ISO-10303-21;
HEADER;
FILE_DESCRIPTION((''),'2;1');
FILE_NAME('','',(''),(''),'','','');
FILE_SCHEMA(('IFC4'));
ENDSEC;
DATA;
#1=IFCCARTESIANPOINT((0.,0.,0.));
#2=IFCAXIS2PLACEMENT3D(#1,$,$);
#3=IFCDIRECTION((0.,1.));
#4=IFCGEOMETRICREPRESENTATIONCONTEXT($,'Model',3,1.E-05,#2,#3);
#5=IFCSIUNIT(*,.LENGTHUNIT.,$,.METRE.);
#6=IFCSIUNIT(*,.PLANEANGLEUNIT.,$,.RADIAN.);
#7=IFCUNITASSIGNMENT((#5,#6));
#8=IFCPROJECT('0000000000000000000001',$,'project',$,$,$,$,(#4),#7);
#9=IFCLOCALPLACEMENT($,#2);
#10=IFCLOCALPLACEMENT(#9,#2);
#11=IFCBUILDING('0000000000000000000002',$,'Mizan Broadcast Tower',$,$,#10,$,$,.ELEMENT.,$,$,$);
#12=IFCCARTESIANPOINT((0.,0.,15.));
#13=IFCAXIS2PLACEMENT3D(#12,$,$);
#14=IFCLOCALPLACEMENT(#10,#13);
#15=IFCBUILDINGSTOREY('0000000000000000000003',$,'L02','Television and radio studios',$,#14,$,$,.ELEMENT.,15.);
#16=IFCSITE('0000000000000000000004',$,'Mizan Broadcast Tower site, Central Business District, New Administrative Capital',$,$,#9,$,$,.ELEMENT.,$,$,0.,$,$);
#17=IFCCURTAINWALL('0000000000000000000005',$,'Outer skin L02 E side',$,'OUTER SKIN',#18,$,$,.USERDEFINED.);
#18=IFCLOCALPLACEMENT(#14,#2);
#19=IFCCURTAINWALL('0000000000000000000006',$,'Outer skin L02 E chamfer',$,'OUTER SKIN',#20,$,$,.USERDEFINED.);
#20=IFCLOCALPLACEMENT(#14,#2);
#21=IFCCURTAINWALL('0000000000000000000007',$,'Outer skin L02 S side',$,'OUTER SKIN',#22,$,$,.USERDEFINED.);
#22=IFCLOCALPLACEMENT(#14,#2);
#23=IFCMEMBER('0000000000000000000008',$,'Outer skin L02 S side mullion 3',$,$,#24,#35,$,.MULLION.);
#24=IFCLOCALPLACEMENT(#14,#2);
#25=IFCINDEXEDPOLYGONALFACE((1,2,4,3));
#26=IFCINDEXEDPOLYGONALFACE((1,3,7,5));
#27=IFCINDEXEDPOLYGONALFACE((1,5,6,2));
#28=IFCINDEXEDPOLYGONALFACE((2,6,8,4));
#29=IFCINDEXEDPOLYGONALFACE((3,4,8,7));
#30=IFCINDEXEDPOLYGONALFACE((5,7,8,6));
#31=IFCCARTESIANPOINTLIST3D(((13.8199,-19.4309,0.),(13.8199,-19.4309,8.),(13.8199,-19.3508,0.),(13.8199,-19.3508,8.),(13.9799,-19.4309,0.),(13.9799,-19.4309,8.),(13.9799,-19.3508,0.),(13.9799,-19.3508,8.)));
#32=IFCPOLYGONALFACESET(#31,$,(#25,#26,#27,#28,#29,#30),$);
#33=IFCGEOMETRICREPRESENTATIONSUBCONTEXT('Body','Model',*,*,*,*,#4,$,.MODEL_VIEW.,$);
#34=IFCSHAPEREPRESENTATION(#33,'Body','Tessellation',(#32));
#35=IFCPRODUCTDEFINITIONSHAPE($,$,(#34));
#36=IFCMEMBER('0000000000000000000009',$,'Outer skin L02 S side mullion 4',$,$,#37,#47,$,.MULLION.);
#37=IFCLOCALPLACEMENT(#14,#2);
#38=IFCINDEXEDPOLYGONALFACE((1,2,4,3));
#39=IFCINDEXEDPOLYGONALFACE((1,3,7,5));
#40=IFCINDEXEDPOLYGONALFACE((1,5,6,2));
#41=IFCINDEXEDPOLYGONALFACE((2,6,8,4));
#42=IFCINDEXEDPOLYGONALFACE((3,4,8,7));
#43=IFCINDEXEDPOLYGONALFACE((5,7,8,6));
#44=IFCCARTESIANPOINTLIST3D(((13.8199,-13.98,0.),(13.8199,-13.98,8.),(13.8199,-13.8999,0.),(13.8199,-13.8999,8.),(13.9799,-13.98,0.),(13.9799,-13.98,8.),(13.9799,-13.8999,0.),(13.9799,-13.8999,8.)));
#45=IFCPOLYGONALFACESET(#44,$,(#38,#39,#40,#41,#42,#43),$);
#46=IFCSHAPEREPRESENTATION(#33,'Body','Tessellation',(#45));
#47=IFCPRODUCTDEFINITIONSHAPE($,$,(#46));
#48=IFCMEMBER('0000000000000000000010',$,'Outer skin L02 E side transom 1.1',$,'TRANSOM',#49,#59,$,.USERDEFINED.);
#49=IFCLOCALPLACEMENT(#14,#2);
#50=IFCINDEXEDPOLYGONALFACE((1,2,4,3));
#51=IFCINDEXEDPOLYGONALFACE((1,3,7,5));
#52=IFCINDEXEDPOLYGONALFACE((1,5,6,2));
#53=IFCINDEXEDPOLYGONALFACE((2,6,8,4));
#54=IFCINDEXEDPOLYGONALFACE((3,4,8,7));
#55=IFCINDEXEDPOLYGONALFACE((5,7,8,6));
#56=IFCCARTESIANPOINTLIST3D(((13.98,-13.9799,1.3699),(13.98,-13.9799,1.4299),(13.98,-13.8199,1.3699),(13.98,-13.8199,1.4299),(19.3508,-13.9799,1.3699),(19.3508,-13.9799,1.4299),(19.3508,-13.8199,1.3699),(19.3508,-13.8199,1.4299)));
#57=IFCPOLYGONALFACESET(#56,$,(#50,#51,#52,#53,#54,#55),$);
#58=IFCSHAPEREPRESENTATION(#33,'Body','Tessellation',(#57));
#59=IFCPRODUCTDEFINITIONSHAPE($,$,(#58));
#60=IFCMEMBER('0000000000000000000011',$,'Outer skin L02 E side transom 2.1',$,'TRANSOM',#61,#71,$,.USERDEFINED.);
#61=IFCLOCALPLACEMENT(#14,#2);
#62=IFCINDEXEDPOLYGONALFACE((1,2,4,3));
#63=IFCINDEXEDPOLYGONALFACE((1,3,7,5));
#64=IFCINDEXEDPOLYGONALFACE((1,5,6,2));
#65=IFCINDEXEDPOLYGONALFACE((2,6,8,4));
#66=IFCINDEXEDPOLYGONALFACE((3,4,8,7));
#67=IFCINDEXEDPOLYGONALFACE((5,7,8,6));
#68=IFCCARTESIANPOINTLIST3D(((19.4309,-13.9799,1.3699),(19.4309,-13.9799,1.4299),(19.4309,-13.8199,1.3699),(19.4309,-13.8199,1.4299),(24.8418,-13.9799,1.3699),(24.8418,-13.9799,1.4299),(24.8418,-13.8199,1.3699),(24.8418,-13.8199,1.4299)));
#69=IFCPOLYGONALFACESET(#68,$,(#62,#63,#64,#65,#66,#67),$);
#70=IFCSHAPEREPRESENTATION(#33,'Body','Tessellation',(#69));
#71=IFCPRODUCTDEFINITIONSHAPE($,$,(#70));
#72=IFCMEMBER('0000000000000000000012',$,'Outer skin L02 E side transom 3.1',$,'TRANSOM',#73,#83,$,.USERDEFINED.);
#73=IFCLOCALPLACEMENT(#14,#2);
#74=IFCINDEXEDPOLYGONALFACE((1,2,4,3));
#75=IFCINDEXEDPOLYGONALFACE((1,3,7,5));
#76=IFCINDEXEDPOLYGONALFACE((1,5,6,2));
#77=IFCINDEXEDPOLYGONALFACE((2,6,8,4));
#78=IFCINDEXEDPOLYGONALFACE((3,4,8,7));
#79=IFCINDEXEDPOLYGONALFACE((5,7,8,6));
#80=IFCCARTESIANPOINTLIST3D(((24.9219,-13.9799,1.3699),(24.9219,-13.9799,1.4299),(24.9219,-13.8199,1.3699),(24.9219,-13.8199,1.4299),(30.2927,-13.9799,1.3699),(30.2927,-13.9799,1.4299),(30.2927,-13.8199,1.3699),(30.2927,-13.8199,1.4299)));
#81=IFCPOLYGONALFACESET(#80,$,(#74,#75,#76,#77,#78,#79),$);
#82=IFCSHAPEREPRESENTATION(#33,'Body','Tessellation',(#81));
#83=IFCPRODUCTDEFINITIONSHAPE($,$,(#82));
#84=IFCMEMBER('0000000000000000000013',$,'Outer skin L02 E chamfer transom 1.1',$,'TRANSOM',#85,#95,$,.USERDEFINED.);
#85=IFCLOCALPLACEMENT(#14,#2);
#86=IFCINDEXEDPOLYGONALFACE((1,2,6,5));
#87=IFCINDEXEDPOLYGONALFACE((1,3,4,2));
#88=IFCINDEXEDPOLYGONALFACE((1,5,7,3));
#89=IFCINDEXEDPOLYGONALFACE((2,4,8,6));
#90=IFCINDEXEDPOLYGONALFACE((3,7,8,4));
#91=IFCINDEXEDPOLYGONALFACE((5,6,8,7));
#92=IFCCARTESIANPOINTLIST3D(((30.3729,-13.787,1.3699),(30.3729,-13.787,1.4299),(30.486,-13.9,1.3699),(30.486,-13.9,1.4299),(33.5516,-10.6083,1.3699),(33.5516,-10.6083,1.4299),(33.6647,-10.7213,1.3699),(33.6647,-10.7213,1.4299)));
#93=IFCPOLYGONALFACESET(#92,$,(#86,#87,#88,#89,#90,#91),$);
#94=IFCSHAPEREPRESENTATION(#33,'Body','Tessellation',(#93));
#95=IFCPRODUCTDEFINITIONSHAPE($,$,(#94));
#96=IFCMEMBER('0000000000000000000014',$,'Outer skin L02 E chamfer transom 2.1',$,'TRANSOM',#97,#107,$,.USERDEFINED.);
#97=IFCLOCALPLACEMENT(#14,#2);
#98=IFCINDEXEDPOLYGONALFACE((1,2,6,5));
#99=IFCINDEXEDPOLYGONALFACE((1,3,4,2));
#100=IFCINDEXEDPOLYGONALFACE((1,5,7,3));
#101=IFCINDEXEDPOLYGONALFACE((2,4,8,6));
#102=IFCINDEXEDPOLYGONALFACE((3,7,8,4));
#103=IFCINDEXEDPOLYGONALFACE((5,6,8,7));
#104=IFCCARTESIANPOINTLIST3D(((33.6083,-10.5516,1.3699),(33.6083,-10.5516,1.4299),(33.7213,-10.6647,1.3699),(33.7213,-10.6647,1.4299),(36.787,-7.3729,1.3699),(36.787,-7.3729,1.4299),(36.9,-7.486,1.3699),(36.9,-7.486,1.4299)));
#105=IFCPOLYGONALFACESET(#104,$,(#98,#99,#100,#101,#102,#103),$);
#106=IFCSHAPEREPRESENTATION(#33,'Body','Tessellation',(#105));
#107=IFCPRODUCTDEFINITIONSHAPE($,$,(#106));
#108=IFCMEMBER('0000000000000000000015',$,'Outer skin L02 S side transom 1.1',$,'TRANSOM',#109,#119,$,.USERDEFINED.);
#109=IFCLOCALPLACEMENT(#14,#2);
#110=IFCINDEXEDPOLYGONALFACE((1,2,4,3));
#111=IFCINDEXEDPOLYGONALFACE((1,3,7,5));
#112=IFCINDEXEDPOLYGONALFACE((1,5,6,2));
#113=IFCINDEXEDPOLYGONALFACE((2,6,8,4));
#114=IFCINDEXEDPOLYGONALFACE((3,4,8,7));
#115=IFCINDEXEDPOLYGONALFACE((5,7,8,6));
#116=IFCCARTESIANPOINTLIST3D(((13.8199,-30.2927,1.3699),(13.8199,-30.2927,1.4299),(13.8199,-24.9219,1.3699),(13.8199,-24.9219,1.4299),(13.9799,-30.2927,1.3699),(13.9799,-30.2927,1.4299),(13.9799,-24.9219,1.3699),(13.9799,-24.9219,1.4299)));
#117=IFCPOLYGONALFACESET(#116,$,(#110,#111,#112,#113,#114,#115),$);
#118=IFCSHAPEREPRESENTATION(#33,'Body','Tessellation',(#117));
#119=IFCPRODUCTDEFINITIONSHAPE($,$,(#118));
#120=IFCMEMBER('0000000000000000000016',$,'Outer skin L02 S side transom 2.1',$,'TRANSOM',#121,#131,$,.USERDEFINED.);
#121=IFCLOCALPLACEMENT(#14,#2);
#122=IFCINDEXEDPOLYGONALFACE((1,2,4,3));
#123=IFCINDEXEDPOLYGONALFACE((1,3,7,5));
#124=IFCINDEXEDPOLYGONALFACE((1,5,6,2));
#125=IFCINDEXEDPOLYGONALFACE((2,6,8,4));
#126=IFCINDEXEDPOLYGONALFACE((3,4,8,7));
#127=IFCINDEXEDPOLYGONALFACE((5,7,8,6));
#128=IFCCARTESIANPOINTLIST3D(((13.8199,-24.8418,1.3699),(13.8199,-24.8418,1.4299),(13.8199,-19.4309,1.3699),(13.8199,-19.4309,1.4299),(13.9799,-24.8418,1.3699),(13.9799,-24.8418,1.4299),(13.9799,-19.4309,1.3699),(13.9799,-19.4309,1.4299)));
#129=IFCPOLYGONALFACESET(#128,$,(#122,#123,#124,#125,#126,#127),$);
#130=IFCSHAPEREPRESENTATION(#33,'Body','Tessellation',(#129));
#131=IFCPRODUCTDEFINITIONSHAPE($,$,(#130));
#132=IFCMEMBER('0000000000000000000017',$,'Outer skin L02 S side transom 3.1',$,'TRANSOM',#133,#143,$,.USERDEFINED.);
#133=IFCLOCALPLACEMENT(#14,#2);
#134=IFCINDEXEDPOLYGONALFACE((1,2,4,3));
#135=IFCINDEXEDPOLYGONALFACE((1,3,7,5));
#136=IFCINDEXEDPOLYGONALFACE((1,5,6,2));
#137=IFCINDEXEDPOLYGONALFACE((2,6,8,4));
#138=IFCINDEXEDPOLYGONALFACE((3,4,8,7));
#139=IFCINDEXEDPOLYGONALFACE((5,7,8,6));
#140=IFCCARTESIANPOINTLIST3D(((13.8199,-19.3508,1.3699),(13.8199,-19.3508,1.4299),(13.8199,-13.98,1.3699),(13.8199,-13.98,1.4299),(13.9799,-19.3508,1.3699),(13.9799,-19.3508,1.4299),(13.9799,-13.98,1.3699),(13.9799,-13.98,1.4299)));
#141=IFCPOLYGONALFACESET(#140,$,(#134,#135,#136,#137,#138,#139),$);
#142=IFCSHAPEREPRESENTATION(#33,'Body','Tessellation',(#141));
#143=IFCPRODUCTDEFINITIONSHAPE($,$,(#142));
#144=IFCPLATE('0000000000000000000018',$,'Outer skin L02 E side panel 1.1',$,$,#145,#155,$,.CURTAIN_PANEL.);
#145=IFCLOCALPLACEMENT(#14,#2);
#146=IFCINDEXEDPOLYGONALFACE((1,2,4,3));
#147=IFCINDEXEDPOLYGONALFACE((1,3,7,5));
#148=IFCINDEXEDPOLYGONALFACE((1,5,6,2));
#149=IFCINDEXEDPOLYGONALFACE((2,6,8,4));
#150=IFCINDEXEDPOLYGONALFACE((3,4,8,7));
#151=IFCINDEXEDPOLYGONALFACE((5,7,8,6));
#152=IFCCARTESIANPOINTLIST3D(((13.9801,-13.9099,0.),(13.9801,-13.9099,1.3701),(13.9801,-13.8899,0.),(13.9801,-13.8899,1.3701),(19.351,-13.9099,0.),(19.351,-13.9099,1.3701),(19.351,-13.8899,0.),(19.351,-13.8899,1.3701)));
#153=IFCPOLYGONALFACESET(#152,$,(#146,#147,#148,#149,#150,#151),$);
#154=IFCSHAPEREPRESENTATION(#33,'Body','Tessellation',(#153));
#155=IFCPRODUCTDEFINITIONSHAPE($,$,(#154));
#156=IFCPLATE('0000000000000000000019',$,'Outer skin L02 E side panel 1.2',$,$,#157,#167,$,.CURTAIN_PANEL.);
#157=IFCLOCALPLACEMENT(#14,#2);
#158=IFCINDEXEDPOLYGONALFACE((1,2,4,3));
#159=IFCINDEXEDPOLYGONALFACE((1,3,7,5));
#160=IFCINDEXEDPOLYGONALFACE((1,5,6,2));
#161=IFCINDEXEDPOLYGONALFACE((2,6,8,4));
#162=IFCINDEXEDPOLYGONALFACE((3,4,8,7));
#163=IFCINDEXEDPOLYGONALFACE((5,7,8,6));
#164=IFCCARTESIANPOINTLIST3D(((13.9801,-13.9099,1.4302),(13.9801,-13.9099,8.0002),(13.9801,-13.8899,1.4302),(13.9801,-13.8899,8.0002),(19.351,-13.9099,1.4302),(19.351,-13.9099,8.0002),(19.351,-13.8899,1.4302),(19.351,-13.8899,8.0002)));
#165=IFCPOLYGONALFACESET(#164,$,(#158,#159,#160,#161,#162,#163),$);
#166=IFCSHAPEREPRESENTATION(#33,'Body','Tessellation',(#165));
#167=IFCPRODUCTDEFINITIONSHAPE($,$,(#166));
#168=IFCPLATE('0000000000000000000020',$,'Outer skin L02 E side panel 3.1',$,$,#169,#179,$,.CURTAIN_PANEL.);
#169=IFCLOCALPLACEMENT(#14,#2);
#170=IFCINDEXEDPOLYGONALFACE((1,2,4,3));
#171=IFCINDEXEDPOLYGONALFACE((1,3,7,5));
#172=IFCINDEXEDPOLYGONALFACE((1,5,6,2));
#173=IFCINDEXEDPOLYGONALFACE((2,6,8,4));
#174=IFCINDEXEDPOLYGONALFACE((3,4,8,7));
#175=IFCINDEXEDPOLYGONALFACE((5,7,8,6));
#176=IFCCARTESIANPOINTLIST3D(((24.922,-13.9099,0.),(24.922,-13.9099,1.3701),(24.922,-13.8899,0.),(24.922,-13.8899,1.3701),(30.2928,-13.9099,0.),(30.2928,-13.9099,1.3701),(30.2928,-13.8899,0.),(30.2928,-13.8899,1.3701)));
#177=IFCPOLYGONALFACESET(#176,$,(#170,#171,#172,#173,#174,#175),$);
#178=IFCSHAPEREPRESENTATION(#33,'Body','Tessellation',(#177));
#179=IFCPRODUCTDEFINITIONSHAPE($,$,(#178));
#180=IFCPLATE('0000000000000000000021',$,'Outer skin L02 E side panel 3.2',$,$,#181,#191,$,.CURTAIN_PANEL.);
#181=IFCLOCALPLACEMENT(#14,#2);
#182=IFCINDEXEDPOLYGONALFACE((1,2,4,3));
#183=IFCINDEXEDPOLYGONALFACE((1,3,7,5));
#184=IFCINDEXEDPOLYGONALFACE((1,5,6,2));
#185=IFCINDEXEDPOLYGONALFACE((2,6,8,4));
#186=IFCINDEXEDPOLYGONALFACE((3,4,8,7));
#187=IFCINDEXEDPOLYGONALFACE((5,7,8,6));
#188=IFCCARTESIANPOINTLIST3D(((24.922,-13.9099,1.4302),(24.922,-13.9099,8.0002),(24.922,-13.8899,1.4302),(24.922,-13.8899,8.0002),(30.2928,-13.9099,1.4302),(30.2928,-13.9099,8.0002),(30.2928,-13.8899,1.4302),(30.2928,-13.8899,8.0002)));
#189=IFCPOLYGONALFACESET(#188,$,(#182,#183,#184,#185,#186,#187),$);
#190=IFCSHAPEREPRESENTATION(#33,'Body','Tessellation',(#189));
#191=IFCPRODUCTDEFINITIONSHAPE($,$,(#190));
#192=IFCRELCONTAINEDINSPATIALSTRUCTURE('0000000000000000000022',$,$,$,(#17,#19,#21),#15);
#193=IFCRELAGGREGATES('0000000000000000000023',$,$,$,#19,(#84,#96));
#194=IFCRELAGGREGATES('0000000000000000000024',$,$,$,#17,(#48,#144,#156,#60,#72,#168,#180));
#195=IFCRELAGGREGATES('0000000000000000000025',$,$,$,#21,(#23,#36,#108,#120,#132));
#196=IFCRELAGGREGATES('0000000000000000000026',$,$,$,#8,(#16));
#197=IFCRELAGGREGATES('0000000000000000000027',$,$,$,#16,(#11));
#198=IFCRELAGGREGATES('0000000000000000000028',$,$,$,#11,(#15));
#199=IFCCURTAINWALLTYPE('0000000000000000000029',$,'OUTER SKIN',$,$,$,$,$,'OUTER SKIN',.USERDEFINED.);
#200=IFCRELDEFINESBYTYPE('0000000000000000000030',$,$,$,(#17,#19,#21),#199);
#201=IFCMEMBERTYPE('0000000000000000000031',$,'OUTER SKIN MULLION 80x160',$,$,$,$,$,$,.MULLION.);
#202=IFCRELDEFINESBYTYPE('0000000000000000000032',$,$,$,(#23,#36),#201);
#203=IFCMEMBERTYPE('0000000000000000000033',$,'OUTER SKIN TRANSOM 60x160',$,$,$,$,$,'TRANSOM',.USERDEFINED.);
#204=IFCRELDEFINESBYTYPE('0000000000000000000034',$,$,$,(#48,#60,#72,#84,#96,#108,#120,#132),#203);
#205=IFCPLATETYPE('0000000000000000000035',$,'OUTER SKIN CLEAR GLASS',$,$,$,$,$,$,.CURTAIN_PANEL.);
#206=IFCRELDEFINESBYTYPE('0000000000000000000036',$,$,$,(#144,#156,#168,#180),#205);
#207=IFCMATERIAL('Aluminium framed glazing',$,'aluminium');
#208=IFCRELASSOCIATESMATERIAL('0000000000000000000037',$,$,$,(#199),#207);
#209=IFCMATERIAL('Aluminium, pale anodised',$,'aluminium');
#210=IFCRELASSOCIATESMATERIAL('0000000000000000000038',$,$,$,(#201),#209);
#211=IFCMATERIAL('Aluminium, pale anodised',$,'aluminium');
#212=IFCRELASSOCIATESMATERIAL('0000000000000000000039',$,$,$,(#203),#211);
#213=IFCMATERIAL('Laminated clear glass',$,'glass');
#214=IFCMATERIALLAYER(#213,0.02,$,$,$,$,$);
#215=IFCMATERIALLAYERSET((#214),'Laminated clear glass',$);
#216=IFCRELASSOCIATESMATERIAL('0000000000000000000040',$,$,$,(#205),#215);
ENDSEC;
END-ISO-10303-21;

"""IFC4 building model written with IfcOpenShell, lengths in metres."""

from ifc_helpers import new_model, si_unit, direction, frame, origin, origin_2d, place, context, subcontext, project, spatial, rectangle, extrude, material, layer, layer_set, material_profile, profile_set, type_object, element, aggregate, save


model = new_model("IFC4")

# Units and contexts
model_context = context("Model", 3, precision=1e-05, world=origin(), true_north=direction((0.0, 1.0)))
body_context = subcontext(model_context, "Body", "Model", "MODEL_VIEW")
ifc_project = project(units=[si_unit("LENGTHUNIT", "METRE"), si_unit("PLANEANGLEUNIT", "RADIAN")], contexts=[model_context])

# Site, building, storey
site_placement = place(None, origin())
site = spatial("IfcSite", under=ifc_project, at=site_placement, Name="Mizan Broadcast Tower site, Central Business District, New Administrative Capital", CompositionType="ELEMENT", RefElevation=0.0)
building_placement = place(site_placement, origin())
building = spatial("IfcBuilding", under=site, at=building_placement, Name="Mizan Broadcast Tower", CompositionType="ELEMENT")
storey_placement = place(building_placement, frame((0.0, 0.0, 15.0)))
storey = spatial("IfcBuildingStorey", under=building, at=storey_placement, Name="L02", Description="Television and radio studios", CompositionType="ELEMENT", Elevation=15.0)

# Curtain wall
ifc_material_1 = material(Name="Aluminium framed glazing", Category="aluminium")
curtain_wall_type = type_object("IfcCurtainWallType", Name="OUTER SKIN", ElementType="OUTER SKIN", PredefinedType="USERDEFINED", material=ifc_material_1)
curtain_wall_1_placement = place(storey_placement, origin())
curtain_wall_1 = element("IfcCurtainWall", 1, at=curtain_wall_1_placement, inside=storey, type_object=curtain_wall_type, Name="Outer skin L02 E side", ObjectType="OUTER SKIN", PredefinedType="USERDEFINED")
ifc_material_2 = material(Name="Aluminium, pale anodised", Category="aluminium")
ifc_material_profile_1 = material_profile(ifc_material_2, rectangle(XDim=0.1599, YDim=0.0801, at=origin_2d()), Name="MULLION 160x80")
ifc_profile_set_1 = profile_set([ifc_material_profile_1], Name="Aluminium, pale anodised")
member_type_1 = type_object("IfcMemberType", Name="OUTER SKIN MULLION 80x160", PredefinedType="MULLION", material=ifc_profile_set_1)

# Curtain wall
curtain_wall_2_placement = place(storey_placement, origin())
curtain_wall_2 = element("IfcCurtainWall", 2, at=curtain_wall_2_placement, inside=storey, type_object=curtain_wall_type, Name="Outer skin L02 E chamfer", ObjectType="OUTER SKIN", PredefinedType="USERDEFINED")

# Curtain wall, members
curtain_wall_3_placement = place(storey_placement, origin())
curtain_wall_3 = element("IfcCurtainWall", 3, at=curtain_wall_3_placement, inside=storey, type_object=curtain_wall_type, Name="Outer skin L02 S side", ObjectType="OUTER SKIN", PredefinedType="USERDEFINED")
member_1_placement = place(storey_placement, frame((13.8999, -19.3909, 0.0), z_axis=(0.0, 0.0, 1.0), x_axis=(-1.0, 0.0, 0.0)))
member_1 = element("IfcMember", 4, at=member_1_placement, type_object=member_type_1, Name="Outer skin L02 S side mullion 3", PredefinedType="MULLION", context=body_context, shape_type="SweptSolid", body=[
    extrude(rectangle(XDim=0.1599, YDim=0.0801, at=origin_2d()), origin(), (0.0, 0.0, 1.0), 8.0),
])
member_2_placement = place(storey_placement, frame((13.8999, -13.9399, 0.0), z_axis=(0.0, 0.0, 1.0), x_axis=(-1.0, 0.0, 0.0)))
member_2 = element("IfcMember", 5, at=member_2_placement, type_object=member_type_1, Name="Outer skin L02 S side mullion 4", PredefinedType="MULLION", context=body_context, shape_type="SweptSolid", body=[
    extrude(rectangle(XDim=0.1599, YDim=0.0801, at=origin_2d()), origin(), (0.0, 0.0, 1.0), 8.0),
])

# Members
ifc_material_3 = material(Name="Aluminium, pale anodised", Category="aluminium")
ifc_material_profile_2 = material_profile(ifc_material_3, rectangle(XDim=0.1599, YDim=0.0601, at=origin_2d()), Name="TRANSOM 160x60")
ifc_profile_set_2 = profile_set([ifc_material_profile_2], Name="Aluminium, pale anodised")
member_type_2 = type_object("IfcMemberType", Name="OUTER SKIN TRANSOM 60x160", ElementType="TRANSOM", PredefinedType="USERDEFINED", material=ifc_profile_set_2)
member_3_placement = place(storey_placement, frame((13.98, -13.8999, 1.3999), z_axis=(1.0, 0.0, 0.0), x_axis=(0.0, 1.0, 0.0)))
member_3 = element("IfcMember", 6, at=member_3_placement, type_object=member_type_2, Name="Outer skin L02 E side transom 1.1", ObjectType="TRANSOM", PredefinedType="USERDEFINED", context=body_context, shape_type="SweptSolid", body=[
    extrude(rectangle(XDim=0.1599, YDim=0.0601, at=origin_2d()), origin(), (0.0, 0.0, 1.0), 5.3708),
])
member_4_placement = place(storey_placement, frame((19.4309, -13.8999, 1.3999), z_axis=(1.0, 0.0, 0.0), x_axis=(0.0, 1.0, 0.0)))
member_4 = element("IfcMember", 7, at=member_4_placement, type_object=member_type_2, Name="Outer skin L02 E side transom 2.1", ObjectType="TRANSOM", PredefinedType="USERDEFINED", context=body_context, shape_type="SweptSolid", body=[
    extrude(rectangle(XDim=0.1599, YDim=0.0601, at=origin_2d()), origin(), (0.0, 0.0, 1.0), 5.4109),
])
member_5_placement = place(storey_placement, frame((24.9219, -13.8999, 1.3999), z_axis=(1.0, 0.0, 0.0), x_axis=(0.0, 1.0, 0.0)))
member_5 = element("IfcMember", 8, at=member_5_placement, type_object=member_type_2, Name="Outer skin L02 E side transom 3.1", ObjectType="TRANSOM", PredefinedType="USERDEFINED", context=body_context, shape_type="SweptSolid", body=[
    extrude(rectangle(XDim=0.1599, YDim=0.0601, at=origin_2d()), origin(), (0.0, 0.0, 1.0), 5.3708),
])
member_6_placement = place(storey_placement, frame((30.4294, -13.8435, 1.3999), z_axis=(0.707107, 0.707107, 0.0), x_axis=(-0.707107, 0.707107, 0.0)))
member_6 = element("IfcMember", 9, at=member_6_placement, type_object=member_type_2, Name="Outer skin L02 E chamfer transom 1.1", ObjectType="TRANSOM", PredefinedType="USERDEFINED", context=body_context, shape_type="SweptSolid", body=[
    extrude(rectangle(XDim=0.1599, YDim=0.0601, at=origin_2d()), origin(), (0.0, 0.0, 1.0), 4.4954),
])
member_7_placement = place(storey_placement, frame((33.6648, -10.6082, 1.3999), z_axis=(0.707107, 0.707107, 0.0), x_axis=(-0.707107, 0.707107, 0.0)))
member_7 = element("IfcMember", 10, at=member_7_placement, type_object=member_type_2, Name="Outer skin L02 E chamfer transom 2.1", ObjectType="TRANSOM", PredefinedType="USERDEFINED", context=body_context, shape_type="SweptSolid", body=[
    extrude(rectangle(XDim=0.1599, YDim=0.0601, at=origin_2d()), origin(), (0.0, 0.0, 1.0), 4.4954),
])
member_8_placement = place(storey_placement, frame((13.8999, -30.2927, 1.3999), z_axis=(0.0, 1.0, 0.0), x_axis=(-1.0, 0.0, 0.0)))
member_8 = element("IfcMember", 11, at=member_8_placement, type_object=member_type_2, Name="Outer skin L02 S side transom 1.1", ObjectType="TRANSOM", PredefinedType="USERDEFINED", context=body_context, shape_type="SweptSolid", body=[
    extrude(rectangle(XDim=0.1599, YDim=0.0601, at=origin_2d()), origin(), (0.0, 0.0, 1.0), 5.3708),
])
member_9_placement = place(storey_placement, frame((13.8999, -24.8418, 1.3999), z_axis=(0.0, 1.0, 0.0), x_axis=(-1.0, 0.0, 0.0)))
member_9 = element("IfcMember", 12, at=member_9_placement, type_object=member_type_2, Name="Outer skin L02 S side transom 2.1", ObjectType="TRANSOM", PredefinedType="USERDEFINED", context=body_context, shape_type="SweptSolid", body=[
    extrude(rectangle(XDim=0.1599, YDim=0.0601, at=origin_2d()), origin(), (0.0, 0.0, 1.0), 5.4109),
])
member_10_placement = place(storey_placement, frame((13.8999, -19.3508, 1.3999), z_axis=(0.0, 1.0, 0.0), x_axis=(-1.0, 0.0, 0.0)))
member_10 = element("IfcMember", 13, at=member_10_placement, type_object=member_type_2, Name="Outer skin L02 S side transom 3.1", ObjectType="TRANSOM", PredefinedType="USERDEFINED", context=body_context, shape_type="SweptSolid", body=[
    extrude(rectangle(XDim=0.1599, YDim=0.0601, at=origin_2d()), origin(), (0.0, 0.0, 1.0), 5.3708),
])

# Plates
ifc_material_4 = material(Name="Laminated clear glass", Category="glass")
ifc_layer_1 = layer(ifc_material_4, 0.02)
ifc_layer_set_1 = layer_set([ifc_layer_1], Name="Laminated clear glass")
plate_type_1 = type_object("IfcPlateType", Name="OUTER SKIN CLEAR GLASS", PredefinedType="CURTAIN_PANEL", material=ifc_layer_set_1)
plate_1_placement = place(storey_placement, frame((16.6655, -13.8999, 0.0), z_axis=(0.0, 0.0, 1.0), x_axis=(1.0, 0.0, 0.0)))
plate_1 = element("IfcPlate", 14, at=plate_1_placement, type_object=plate_type_1, Name="Outer skin L02 E side panel 1.1", PredefinedType="CURTAIN_PANEL", context=body_context, shape_type="SweptSolid", body=[
    extrude(rectangle(XDim=5.3708, YDim=0.02, at=origin_2d()), origin(), (0.0, 0.0, 1.0), 1.3701),
])
plate_2_placement = place(storey_placement, frame((16.6655, -13.8999, 1.4302), z_axis=(0.0, 0.0, 1.0), x_axis=(1.0, 0.0, 0.0)))
plate_2 = element("IfcPlate", 15, at=plate_2_placement, type_object=plate_type_1, Name="Outer skin L02 E side panel 1.2", PredefinedType="CURTAIN_PANEL", context=body_context, shape_type="SweptSolid", body=[
    extrude(rectangle(XDim=5.3708, YDim=0.02, at=origin_2d()), origin(), (0.0, 0.0, 1.0), 6.5701),
])
plate_3_placement = place(storey_placement, frame((27.6074, -13.8999, 0.0), z_axis=(0.0, 0.0, 1.0), x_axis=(1.0, 0.0, 0.0)))
plate_3 = element("IfcPlate", 16, at=plate_3_placement, type_object=plate_type_1, Name="Outer skin L02 E side panel 3.1", PredefinedType="CURTAIN_PANEL", context=body_context, shape_type="SweptSolid", body=[
    extrude(rectangle(XDim=5.3708, YDim=0.02, at=origin_2d()), origin(), (0.0, 0.0, 1.0), 1.3701),
])
plate_4_placement = place(storey_placement, frame((27.6074, -13.8999, 1.4302), z_axis=(0.0, 0.0, 1.0), x_axis=(1.0, 0.0, 0.0)))
plate_4 = element("IfcPlate", 17, at=plate_4_placement, type_object=plate_type_1, Name="Outer skin L02 E side panel 3.2", PredefinedType="CURTAIN_PANEL", context=body_context, shape_type="SweptSolid", body=[
    extrude(rectangle(XDim=5.3708, YDim=0.02, at=origin_2d()), origin(), (0.0, 0.0, 1.0), 6.5701),
])
aggregate(curtain_wall_2, [member_6, member_7])
aggregate(curtain_wall_1, [member_3, plate_1, plate_2, member_4, member_5, plate_3, plate_4])
aggregate(curtain_wall_3, [member_1, member_2, member_8, member_9, member_10])

save(model, "model.ifc")
